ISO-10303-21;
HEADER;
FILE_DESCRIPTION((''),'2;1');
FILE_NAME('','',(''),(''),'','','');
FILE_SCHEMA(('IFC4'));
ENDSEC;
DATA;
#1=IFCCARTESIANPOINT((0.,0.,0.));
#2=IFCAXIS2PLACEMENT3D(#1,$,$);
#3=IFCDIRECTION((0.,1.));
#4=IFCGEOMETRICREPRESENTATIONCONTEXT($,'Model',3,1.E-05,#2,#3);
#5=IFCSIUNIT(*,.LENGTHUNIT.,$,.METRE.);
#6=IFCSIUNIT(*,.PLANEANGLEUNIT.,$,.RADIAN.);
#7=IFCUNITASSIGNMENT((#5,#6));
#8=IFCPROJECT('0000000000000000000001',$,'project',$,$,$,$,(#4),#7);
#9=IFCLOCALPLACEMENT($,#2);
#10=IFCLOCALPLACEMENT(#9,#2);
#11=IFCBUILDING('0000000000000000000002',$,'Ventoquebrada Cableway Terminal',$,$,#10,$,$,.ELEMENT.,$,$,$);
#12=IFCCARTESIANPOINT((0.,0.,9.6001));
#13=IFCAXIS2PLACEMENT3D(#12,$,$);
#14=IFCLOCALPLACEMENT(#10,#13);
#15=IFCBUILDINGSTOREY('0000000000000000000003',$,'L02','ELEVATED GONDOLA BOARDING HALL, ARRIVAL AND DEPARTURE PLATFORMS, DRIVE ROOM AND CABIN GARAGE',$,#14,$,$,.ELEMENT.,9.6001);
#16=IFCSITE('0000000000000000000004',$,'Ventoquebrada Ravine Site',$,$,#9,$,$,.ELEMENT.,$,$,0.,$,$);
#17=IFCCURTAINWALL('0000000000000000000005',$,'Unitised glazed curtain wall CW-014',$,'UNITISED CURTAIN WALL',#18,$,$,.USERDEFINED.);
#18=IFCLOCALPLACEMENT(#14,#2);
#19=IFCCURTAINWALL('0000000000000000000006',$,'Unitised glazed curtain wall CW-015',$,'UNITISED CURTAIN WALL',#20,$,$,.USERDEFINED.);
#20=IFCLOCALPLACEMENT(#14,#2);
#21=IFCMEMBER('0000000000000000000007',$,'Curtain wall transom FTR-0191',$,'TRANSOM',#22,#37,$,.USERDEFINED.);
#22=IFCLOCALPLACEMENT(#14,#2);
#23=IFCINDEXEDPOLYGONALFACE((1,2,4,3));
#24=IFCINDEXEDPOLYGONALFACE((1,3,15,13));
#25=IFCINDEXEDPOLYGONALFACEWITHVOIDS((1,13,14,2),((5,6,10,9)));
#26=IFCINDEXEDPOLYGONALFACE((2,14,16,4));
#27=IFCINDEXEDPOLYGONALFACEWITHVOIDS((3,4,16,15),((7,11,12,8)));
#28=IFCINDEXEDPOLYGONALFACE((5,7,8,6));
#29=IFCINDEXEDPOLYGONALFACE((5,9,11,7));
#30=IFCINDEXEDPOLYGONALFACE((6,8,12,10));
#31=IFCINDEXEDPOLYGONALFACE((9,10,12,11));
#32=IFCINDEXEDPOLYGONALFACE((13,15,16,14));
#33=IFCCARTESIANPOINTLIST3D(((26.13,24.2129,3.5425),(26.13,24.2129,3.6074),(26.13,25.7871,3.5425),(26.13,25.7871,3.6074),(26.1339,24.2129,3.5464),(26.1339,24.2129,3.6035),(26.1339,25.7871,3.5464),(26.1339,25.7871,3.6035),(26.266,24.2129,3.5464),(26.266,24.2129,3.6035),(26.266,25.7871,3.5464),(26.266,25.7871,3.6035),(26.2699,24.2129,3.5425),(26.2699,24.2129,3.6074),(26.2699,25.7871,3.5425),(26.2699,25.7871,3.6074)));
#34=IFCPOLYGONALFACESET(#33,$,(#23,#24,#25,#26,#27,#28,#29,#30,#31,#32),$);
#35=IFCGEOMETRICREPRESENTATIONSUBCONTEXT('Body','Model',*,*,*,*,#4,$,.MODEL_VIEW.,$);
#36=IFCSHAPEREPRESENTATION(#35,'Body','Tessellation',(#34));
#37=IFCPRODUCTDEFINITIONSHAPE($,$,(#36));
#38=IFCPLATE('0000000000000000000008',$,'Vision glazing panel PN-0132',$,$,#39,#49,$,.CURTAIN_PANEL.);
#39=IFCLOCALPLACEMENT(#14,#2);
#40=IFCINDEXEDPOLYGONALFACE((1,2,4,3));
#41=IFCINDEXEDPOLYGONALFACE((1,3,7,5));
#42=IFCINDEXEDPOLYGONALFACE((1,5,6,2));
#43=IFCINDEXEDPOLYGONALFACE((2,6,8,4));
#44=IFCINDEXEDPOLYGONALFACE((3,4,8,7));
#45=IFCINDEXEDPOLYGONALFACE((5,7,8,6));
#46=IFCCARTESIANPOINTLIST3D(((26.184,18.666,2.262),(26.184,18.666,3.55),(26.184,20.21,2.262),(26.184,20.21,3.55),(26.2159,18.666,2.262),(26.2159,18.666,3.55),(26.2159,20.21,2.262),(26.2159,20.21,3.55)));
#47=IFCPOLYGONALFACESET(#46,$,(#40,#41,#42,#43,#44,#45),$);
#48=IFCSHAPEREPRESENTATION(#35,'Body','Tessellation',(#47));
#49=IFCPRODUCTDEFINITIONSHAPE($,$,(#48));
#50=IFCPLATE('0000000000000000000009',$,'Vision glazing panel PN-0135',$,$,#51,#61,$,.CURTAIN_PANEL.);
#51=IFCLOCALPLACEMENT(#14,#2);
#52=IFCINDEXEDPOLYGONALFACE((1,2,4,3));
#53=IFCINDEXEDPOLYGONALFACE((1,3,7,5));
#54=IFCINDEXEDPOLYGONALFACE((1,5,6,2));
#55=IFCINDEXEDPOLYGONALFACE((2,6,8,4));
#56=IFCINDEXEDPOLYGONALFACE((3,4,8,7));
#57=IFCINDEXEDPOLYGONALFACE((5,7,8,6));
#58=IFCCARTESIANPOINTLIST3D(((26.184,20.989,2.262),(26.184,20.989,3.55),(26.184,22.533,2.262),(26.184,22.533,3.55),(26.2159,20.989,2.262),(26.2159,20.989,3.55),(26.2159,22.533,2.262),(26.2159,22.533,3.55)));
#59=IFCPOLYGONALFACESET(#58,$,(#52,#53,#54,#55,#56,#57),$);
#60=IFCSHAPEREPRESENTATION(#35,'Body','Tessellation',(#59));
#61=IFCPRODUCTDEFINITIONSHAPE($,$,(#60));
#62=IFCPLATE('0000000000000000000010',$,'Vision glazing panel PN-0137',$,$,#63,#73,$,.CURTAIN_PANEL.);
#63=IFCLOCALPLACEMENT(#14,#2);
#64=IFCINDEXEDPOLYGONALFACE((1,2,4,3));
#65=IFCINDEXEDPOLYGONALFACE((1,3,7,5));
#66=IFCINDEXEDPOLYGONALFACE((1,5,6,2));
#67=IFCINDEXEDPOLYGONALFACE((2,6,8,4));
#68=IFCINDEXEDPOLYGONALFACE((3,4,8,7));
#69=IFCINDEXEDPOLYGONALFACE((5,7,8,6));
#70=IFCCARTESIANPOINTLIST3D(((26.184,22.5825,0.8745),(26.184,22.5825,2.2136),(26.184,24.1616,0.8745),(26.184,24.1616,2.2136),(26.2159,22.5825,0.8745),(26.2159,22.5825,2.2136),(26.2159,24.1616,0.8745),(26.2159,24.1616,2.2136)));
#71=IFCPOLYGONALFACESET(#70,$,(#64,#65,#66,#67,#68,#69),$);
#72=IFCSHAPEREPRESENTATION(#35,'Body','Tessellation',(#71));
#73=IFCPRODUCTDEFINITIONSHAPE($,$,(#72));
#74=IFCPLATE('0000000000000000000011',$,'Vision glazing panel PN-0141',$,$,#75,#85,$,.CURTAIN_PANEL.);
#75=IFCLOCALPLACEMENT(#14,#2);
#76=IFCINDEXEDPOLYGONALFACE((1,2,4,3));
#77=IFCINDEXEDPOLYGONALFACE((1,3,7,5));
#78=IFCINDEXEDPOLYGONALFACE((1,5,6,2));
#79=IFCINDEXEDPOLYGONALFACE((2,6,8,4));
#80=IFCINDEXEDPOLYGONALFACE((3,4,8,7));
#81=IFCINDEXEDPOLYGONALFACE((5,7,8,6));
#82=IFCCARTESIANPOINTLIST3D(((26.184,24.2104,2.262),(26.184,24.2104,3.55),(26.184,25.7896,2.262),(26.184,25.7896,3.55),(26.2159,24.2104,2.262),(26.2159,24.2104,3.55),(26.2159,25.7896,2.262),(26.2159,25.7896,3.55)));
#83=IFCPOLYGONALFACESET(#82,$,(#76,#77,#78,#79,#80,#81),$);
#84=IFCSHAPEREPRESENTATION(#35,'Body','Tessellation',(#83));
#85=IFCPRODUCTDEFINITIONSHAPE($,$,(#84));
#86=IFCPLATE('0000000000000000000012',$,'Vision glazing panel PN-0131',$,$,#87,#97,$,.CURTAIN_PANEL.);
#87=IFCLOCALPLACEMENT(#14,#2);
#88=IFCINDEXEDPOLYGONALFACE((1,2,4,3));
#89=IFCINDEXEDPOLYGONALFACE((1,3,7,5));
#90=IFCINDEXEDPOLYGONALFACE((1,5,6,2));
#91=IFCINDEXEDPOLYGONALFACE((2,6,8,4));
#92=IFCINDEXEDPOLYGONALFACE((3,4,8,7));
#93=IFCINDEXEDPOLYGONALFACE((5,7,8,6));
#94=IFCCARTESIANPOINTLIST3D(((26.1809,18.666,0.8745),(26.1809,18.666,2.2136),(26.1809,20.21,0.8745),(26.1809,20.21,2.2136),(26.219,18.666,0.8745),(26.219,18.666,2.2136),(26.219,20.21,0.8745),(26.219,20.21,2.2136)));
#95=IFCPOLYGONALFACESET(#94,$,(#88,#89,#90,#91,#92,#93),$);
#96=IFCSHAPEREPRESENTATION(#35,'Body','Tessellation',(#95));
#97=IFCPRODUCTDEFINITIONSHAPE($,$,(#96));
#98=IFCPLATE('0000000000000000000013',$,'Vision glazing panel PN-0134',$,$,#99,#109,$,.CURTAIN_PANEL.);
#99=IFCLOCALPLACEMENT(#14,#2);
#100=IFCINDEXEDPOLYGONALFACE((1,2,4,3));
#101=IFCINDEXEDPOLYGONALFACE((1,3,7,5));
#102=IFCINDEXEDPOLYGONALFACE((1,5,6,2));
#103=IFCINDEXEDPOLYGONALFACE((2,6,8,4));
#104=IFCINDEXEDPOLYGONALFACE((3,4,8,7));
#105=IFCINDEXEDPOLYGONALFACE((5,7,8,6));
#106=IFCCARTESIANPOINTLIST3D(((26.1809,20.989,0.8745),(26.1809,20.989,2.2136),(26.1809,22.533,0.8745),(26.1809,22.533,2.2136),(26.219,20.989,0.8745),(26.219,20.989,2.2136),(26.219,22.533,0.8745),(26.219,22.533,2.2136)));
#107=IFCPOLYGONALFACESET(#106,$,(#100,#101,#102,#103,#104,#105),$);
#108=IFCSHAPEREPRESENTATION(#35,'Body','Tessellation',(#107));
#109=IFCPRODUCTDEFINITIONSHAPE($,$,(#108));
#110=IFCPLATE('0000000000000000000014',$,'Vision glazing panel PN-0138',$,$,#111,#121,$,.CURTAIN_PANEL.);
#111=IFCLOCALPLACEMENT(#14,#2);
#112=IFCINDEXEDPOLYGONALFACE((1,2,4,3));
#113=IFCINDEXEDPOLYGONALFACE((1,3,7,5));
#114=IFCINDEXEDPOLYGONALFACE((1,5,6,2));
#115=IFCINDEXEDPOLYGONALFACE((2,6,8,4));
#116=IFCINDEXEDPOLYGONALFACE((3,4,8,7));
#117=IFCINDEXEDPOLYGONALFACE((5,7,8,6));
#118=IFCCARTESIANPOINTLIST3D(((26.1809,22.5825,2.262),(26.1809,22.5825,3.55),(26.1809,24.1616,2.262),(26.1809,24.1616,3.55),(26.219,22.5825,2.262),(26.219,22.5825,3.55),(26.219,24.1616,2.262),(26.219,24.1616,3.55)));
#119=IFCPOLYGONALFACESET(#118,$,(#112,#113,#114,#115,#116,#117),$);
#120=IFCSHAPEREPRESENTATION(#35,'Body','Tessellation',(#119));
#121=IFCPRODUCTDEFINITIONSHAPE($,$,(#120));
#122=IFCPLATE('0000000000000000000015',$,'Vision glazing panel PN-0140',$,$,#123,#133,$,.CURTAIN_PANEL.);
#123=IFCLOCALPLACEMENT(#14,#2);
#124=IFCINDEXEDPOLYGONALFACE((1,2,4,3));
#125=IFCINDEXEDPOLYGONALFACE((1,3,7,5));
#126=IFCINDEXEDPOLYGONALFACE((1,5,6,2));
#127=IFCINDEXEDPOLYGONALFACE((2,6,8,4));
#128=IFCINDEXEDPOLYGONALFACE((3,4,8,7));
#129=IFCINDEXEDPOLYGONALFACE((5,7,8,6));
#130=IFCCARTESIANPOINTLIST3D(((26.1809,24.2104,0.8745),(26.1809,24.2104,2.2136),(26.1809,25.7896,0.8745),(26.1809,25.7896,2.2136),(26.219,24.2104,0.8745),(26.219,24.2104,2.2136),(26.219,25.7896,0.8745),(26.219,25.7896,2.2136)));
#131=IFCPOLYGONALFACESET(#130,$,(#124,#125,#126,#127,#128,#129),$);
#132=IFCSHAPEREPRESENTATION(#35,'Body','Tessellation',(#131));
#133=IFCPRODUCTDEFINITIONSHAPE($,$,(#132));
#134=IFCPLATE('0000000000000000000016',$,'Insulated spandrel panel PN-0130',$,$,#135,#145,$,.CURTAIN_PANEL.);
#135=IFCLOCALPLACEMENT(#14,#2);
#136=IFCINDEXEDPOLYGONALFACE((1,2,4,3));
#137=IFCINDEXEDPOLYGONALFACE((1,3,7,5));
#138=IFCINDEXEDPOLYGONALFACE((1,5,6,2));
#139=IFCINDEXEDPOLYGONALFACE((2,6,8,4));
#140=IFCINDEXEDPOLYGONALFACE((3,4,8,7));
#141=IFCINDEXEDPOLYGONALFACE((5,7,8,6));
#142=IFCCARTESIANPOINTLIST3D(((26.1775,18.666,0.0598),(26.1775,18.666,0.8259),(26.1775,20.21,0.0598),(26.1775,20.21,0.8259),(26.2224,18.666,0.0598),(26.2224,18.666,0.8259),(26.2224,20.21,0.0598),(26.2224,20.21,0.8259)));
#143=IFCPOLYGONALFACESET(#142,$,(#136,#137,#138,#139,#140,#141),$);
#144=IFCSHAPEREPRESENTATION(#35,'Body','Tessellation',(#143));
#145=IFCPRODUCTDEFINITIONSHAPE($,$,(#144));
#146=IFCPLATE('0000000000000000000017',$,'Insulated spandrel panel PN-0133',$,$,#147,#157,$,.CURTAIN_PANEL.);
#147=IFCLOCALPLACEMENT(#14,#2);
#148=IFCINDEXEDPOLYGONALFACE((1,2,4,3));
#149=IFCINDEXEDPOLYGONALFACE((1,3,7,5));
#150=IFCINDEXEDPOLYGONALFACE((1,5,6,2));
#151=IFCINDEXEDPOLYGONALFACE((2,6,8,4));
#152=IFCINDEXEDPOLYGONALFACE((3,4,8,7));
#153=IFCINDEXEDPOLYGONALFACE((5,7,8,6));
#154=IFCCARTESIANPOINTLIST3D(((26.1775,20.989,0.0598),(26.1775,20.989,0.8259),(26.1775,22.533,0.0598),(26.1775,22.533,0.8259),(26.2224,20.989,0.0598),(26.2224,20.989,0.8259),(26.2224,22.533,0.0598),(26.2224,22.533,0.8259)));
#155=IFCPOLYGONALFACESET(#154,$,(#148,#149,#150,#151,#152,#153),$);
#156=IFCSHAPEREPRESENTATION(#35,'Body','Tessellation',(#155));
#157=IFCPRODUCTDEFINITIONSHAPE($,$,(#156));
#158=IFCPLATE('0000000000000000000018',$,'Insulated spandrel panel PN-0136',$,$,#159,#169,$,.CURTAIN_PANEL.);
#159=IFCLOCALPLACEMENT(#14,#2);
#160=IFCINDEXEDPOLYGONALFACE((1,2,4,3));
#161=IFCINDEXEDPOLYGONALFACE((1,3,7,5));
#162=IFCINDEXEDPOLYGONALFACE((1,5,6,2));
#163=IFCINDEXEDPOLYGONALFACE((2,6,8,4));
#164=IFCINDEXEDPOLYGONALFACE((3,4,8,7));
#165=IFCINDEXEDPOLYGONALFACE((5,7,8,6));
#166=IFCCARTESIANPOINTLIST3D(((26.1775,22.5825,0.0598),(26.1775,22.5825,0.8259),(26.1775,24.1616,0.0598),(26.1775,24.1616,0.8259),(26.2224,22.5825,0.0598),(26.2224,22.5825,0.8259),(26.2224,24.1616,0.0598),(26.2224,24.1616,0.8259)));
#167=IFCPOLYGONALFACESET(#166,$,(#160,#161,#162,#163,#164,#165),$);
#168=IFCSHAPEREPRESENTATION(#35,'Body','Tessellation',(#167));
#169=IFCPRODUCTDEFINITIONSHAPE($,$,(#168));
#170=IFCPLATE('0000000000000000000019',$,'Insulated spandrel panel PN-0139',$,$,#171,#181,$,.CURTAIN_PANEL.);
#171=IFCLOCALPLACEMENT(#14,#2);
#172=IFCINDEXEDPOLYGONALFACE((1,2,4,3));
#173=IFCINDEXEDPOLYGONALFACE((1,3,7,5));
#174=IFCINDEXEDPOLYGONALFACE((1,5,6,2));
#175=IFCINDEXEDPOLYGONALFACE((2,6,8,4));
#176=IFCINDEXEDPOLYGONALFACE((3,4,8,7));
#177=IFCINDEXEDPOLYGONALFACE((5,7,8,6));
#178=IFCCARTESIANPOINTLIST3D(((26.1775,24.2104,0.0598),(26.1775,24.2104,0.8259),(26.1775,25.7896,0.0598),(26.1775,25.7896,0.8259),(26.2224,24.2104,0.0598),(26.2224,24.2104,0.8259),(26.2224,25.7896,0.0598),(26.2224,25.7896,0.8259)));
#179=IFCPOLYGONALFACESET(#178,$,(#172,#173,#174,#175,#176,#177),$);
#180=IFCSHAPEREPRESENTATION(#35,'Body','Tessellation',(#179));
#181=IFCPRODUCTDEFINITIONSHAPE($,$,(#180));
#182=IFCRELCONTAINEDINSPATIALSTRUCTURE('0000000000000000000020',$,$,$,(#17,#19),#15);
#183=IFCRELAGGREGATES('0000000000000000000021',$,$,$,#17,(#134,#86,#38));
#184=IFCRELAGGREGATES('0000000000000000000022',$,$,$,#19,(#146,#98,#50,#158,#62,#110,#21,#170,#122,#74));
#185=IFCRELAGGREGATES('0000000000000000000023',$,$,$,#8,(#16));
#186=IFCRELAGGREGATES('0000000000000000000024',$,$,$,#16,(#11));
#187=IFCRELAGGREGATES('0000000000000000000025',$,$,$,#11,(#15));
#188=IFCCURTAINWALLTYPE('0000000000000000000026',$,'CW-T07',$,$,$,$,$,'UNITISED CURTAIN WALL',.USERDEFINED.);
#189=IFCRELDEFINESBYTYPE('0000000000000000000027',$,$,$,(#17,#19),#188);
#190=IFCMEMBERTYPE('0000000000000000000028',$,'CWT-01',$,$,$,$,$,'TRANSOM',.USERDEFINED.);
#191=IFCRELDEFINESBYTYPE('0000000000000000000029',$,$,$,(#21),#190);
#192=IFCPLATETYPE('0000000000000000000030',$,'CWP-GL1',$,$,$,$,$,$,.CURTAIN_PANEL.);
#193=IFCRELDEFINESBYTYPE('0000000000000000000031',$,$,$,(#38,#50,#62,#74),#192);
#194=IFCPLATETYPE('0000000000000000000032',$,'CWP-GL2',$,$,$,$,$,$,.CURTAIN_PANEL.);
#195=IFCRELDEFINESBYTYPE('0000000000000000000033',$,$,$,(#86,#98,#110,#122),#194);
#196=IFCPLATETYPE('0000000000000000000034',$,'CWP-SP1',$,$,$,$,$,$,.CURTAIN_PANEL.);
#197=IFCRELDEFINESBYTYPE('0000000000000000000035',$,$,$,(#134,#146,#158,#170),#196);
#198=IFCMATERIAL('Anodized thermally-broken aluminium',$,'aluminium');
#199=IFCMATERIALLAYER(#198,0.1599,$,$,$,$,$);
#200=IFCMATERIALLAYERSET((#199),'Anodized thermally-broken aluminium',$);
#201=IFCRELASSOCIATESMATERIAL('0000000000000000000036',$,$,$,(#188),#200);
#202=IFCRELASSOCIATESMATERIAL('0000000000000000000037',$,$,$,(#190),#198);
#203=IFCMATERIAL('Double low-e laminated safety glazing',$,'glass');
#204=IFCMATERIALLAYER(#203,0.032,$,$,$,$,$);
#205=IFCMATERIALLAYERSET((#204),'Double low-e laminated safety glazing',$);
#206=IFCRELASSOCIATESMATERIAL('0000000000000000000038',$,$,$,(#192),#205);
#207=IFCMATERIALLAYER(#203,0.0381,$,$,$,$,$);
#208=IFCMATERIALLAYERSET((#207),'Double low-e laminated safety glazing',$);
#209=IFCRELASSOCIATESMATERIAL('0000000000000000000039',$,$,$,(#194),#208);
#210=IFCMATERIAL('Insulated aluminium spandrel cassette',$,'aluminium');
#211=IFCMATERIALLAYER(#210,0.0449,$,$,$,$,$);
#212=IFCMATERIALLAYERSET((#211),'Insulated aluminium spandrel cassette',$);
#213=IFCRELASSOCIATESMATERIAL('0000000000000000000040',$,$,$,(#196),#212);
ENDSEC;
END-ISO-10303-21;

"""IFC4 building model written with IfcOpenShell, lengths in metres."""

from ifc_helpers import new_model, si_unit, direction, frame, origin, origin_2d, place, context, subcontext, project, spatial, rectangle, hollow_rectangle, extrude, material, layer, layer_set, material_profile, profile_set, type_object, element, aggregate, save


model = new_model("IFC4")

# Units and contexts
model_context = context("Model", 3, precision=1e-05, world=origin(), true_north=direction((0.0, 1.0)))
body_context = subcontext(model_context, "Body", "Model", "MODEL_VIEW")
ifc_project = project(units=[si_unit("LENGTHUNIT", "METRE"), si_unit("PLANEANGLEUNIT", "RADIAN")], contexts=[model_context])

# Site, building, storey
site_placement = place(None, origin())
site = spatial("IfcSite", under=ifc_project, at=site_placement, Name="Ventoquebrada Ravine Site", CompositionType="ELEMENT", RefElevation=0.0)
building_placement = place(site_placement, origin())
building = spatial("IfcBuilding", under=site, at=building_placement, Name="Ventoquebrada Cableway Terminal", CompositionType="ELEMENT")
storey_placement = place(building_placement, frame((0.0, 0.0, 9.6001)))
storey = spatial("IfcBuildingStorey", under=building, at=storey_placement, Name="L02", Description="ELEVATED GONDOLA BOARDING HALL, ARRIVAL AND DEPARTURE PLATFORMS, DRIVE ROOM AND CABIN GARAGE", CompositionType="ELEMENT", Elevation=9.6001)

# Curtain walls
ifc_material_1 = material(Name="Anodized thermally-broken aluminium", Category="aluminium")
ifc_layer_1 = layer(ifc_material_1, 0.1599)
ifc_layer_set_1 = layer_set([ifc_layer_1], Name="Anodized thermally-broken aluminium")
curtain_wall_type = type_object("IfcCurtainWallType", Name="CW-T07", ElementType="UNITISED CURTAIN WALL", PredefinedType="USERDEFINED", material=ifc_layer_set_1)
curtain_wall_1_placement = place(storey_placement, origin())
curtain_wall_1 = element("IfcCurtainWall", 1, at=curtain_wall_1_placement, inside=storey, type_object=curtain_wall_type, Name="Unitised glazed curtain wall CW-014", ObjectType="UNITISED CURTAIN WALL", PredefinedType="USERDEFINED")
curtain_wall_2_placement = place(storey_placement, origin())
curtain_wall_2 = element("IfcCurtainWall", 2, at=curtain_wall_2_placement, inside=storey, type_object=curtain_wall_type, Name="Unitised glazed curtain wall CW-015", ObjectType="UNITISED CURTAIN WALL", PredefinedType="USERDEFINED")

# Member
ifc_material_profile_1 = material_profile(ifc_material_1, hollow_rectangle(XDim=0.0649, YDim=0.1399, WallThickness=0.0039, at=origin_2d()), Name="CW-TRN-65X140")
ifc_profile_set_1 = profile_set([ifc_material_profile_1], Name="Anodized thermally-broken aluminium")
member_type_1 = type_object("IfcMemberType", Name="CWT-01", ElementType="TRANSOM", PredefinedType="USERDEFINED", material=ifc_profile_set_1)
member_1_placement = place(storey_placement, frame((26.2, 24.2129, 3.575), z_axis=(0.0, 1.0, 0.0), x_axis=(0.0, 0.0, 1.0)))
member_1 = element("IfcMember", 3, at=member_1_placement, type_object=member_type_1, Name="Curtain wall transom FTR-0191", ObjectType="TRANSOM", PredefinedType="USERDEFINED", context=body_context, shape_type="SweptSolid", body=[
    extrude(hollow_rectangle(XDim=0.0649, YDim=0.1399, WallThickness=0.0039, at=origin_2d()), origin(), (0.0, 0.0, 1.0), 1.5742),
])

# Plates
ifc_material_2 = material(Name="Double low-e laminated safety glazing", Category="glass")
ifc_layer_2 = layer(ifc_material_2, 0.032)
ifc_layer_set_2 = layer_set([ifc_layer_2], Name="Double low-e laminated safety glazing")
plate_type_1 = type_object("IfcPlateType", Name="CWP-GL1", PredefinedType="CURTAIN_PANEL", material=ifc_layer_set_2)
plate_1_placement = place(storey_placement, frame((26.2, 19.438, 2.262), z_axis=(0.0, 0.0, 1.0), x_axis=(0.0, 1.0, 0.0)))
plate_1 = element("IfcPlate", 4, at=plate_1_placement, type_object=plate_type_1, Name="Vision glazing panel PN-0132", PredefinedType="CURTAIN_PANEL", context=body_context, shape_type="SweptSolid", body=[
    extrude(rectangle(XDim=1.5439, YDim=0.032, at=origin_2d()), origin(), (0.0, 0.0, 1.0), 1.2881),
])
plate_2_placement = place(storey_placement, frame((26.2, 21.761, 2.262), z_axis=(0.0, 0.0, 1.0), x_axis=(0.0, 1.0, 0.0)))
plate_2 = element("IfcPlate", 5, at=plate_2_placement, type_object=plate_type_1, Name="Vision glazing panel PN-0135", PredefinedType="CURTAIN_PANEL", context=body_context, shape_type="SweptSolid", body=[
    extrude(rectangle(XDim=1.5439, YDim=0.032, at=origin_2d()), origin(), (0.0, 0.0, 1.0), 1.2881),
])
plate_3_placement = place(storey_placement, frame((26.2, 23.3721, 0.8745), z_axis=(0.0, 0.0, 1.0), x_axis=(0.0, 1.0, 0.0)))
plate_3 = element("IfcPlate", 6, at=plate_3_placement, type_object=plate_type_1, Name="Vision glazing panel PN-0137", PredefinedType="CURTAIN_PANEL", context=body_context, shape_type="SweptSolid", body=[
    extrude(rectangle(XDim=1.5791, YDim=0.032, at=origin_2d()), origin(), (0.0, 0.0, 1.0), 1.3391),
])
plate_4_placement = place(storey_placement, frame((26.2, 25.0, 2.262), z_axis=(0.0, 0.0, 1.0), x_axis=(0.0, 1.0, 0.0)))
plate_4 = element("IfcPlate", 7, at=plate_4_placement, type_object=plate_type_1, Name="Vision glazing panel PN-0141", PredefinedType="CURTAIN_PANEL", context=body_context, shape_type="SweptSolid", body=[
    extrude(rectangle(XDim=1.5791, YDim=0.032, at=origin_2d()), origin(), (0.0, 0.0, 1.0), 1.2881),
])
ifc_layer_3 = layer(ifc_material_2, 0.0381)
ifc_layer_set_3 = layer_set([ifc_layer_3], Name="Double low-e laminated safety glazing")
plate_type_2 = type_object("IfcPlateType", Name="CWP-GL2", PredefinedType="CURTAIN_PANEL", material=ifc_layer_set_3)
plate_5_placement = place(storey_placement, frame((26.2, 19.438, 0.8745), z_axis=(0.0, 0.0, 1.0), x_axis=(0.0, 1.0, 0.0)))
plate_5 = element("IfcPlate", 8, at=plate_5_placement, type_object=plate_type_2, Name="Vision glazing panel PN-0131", PredefinedType="CURTAIN_PANEL", context=body_context, shape_type="SweptSolid", body=[
    extrude(rectangle(XDim=1.5439, YDim=0.0381, at=origin_2d()), origin(), (0.0, 0.0, 1.0), 1.3391),
])
plate_6_placement = place(storey_placement, frame((26.2, 21.761, 0.8745), z_axis=(0.0, 0.0, 1.0), x_axis=(0.0, 1.0, 0.0)))
plate_6 = element("IfcPlate", 9, at=plate_6_placement, type_object=plate_type_2, Name="Vision glazing panel PN-0134", PredefinedType="CURTAIN_PANEL", context=body_context, shape_type="SweptSolid", body=[
    extrude(rectangle(XDim=1.5439, YDim=0.0381, at=origin_2d()), origin(), (0.0, 0.0, 1.0), 1.3391),
])
plate_7_placement = place(storey_placement, frame((26.2, 23.3721, 2.262), z_axis=(0.0, 0.0, 1.0), x_axis=(0.0, 1.0, 0.0)))
plate_7 = element("IfcPlate", 10, at=plate_7_placement, type_object=plate_type_2, Name="Vision glazing panel PN-0138", PredefinedType="CURTAIN_PANEL", context=body_context, shape_type="SweptSolid", body=[
    extrude(rectangle(XDim=1.5791, YDim=0.0381, at=origin_2d()), origin(), (0.0, 0.0, 1.0), 1.2881),
])
plate_8_placement = place(storey_placement, frame((26.2, 25.0, 0.8745), z_axis=(0.0, 0.0, 1.0), x_axis=(0.0, 1.0, 0.0)))
plate_8 = element("IfcPlate", 11, at=plate_8_placement, type_object=plate_type_2, Name="Vision glazing panel PN-0140", PredefinedType="CURTAIN_PANEL", context=body_context, shape_type="SweptSolid", body=[
    extrude(rectangle(XDim=1.5791, YDim=0.0381, at=origin_2d()), origin(), (0.0, 0.0, 1.0), 1.3391),
])
ifc_material_3 = material(Name="Insulated aluminium spandrel cassette", Category="aluminium")
ifc_layer_4 = layer(ifc_material_3, 0.0449)
ifc_layer_set_4 = layer_set([ifc_layer_4], Name="Insulated aluminium spandrel cassette")
plate_type_3 = type_object("IfcPlateType", Name="CWP-SP1", PredefinedType="CURTAIN_PANEL", material=ifc_layer_set_4)
plate_9_placement = place(storey_placement, frame((26.2, 19.438, 0.0598), z_axis=(0.0, 0.0, 1.0), x_axis=(0.0, 1.0, 0.0)))
plate_9 = element("IfcPlate", 12, at=plate_9_placement, type_object=plate_type_3, Name="Insulated spandrel panel PN-0130", PredefinedType="CURTAIN_PANEL", context=body_context, shape_type="SweptSolid", body=[
    extrude(rectangle(XDim=1.5439, YDim=0.0449, at=origin_2d()), origin(), (0.0, 0.0, 1.0), 0.7661),
])
aggregate(curtain_wall_1, [plate_9, plate_5, plate_1])
plate_10_placement = place(storey_placement, frame((26.2, 21.761, 0.0598), z_axis=(0.0, 0.0, 1.0), x_axis=(0.0, 1.0, 0.0)))
plate_10 = element("IfcPlate", 13, at=plate_10_placement, type_object=plate_type_3, Name="Insulated spandrel panel PN-0133", PredefinedType="CURTAIN_PANEL", context=body_context, shape_type="SweptSolid", body=[
    extrude(rectangle(XDim=1.5439, YDim=0.0449, at=origin_2d()), origin(), (0.0, 0.0, 1.0), 0.7661),
])
plate_11_placement = place(storey_placement, frame((26.2, 23.3721, 0.0598), z_axis=(0.0, 0.0, 1.0), x_axis=(0.0, 1.0, 0.0)))
plate_11 = element("IfcPlate", 14, at=plate_11_placement, type_object=plate_type_3, Name="Insulated spandrel panel PN-0136", PredefinedType="CURTAIN_PANEL", context=body_context, shape_type="SweptSolid", body=[
    extrude(rectangle(XDim=1.5791, YDim=0.0449, at=origin_2d()), origin(), (0.0, 0.0, 1.0), 0.7661),
])
plate_12_placement = place(storey_placement, frame((26.2, 25.0, 0.0598), z_axis=(0.0, 0.0, 1.0), x_axis=(0.0, 1.0, 0.0)))
plate_12 = element("IfcPlate", 15, at=plate_12_placement, type_object=plate_type_3, Name="Insulated spandrel panel PN-0139", PredefinedType="CURTAIN_PANEL", context=body_context, shape_type="SweptSolid", body=[
    extrude(rectangle(XDim=1.5791, YDim=0.0449, at=origin_2d()), origin(), (0.0, 0.0, 1.0), 0.7661),
])
aggregate(curtain_wall_2, [plate_10, plate_6, plate_2, plate_11, plate_3, plate_7, member_1, plate_12, plate_8, plate_4])

save(model, "model.ifc")
